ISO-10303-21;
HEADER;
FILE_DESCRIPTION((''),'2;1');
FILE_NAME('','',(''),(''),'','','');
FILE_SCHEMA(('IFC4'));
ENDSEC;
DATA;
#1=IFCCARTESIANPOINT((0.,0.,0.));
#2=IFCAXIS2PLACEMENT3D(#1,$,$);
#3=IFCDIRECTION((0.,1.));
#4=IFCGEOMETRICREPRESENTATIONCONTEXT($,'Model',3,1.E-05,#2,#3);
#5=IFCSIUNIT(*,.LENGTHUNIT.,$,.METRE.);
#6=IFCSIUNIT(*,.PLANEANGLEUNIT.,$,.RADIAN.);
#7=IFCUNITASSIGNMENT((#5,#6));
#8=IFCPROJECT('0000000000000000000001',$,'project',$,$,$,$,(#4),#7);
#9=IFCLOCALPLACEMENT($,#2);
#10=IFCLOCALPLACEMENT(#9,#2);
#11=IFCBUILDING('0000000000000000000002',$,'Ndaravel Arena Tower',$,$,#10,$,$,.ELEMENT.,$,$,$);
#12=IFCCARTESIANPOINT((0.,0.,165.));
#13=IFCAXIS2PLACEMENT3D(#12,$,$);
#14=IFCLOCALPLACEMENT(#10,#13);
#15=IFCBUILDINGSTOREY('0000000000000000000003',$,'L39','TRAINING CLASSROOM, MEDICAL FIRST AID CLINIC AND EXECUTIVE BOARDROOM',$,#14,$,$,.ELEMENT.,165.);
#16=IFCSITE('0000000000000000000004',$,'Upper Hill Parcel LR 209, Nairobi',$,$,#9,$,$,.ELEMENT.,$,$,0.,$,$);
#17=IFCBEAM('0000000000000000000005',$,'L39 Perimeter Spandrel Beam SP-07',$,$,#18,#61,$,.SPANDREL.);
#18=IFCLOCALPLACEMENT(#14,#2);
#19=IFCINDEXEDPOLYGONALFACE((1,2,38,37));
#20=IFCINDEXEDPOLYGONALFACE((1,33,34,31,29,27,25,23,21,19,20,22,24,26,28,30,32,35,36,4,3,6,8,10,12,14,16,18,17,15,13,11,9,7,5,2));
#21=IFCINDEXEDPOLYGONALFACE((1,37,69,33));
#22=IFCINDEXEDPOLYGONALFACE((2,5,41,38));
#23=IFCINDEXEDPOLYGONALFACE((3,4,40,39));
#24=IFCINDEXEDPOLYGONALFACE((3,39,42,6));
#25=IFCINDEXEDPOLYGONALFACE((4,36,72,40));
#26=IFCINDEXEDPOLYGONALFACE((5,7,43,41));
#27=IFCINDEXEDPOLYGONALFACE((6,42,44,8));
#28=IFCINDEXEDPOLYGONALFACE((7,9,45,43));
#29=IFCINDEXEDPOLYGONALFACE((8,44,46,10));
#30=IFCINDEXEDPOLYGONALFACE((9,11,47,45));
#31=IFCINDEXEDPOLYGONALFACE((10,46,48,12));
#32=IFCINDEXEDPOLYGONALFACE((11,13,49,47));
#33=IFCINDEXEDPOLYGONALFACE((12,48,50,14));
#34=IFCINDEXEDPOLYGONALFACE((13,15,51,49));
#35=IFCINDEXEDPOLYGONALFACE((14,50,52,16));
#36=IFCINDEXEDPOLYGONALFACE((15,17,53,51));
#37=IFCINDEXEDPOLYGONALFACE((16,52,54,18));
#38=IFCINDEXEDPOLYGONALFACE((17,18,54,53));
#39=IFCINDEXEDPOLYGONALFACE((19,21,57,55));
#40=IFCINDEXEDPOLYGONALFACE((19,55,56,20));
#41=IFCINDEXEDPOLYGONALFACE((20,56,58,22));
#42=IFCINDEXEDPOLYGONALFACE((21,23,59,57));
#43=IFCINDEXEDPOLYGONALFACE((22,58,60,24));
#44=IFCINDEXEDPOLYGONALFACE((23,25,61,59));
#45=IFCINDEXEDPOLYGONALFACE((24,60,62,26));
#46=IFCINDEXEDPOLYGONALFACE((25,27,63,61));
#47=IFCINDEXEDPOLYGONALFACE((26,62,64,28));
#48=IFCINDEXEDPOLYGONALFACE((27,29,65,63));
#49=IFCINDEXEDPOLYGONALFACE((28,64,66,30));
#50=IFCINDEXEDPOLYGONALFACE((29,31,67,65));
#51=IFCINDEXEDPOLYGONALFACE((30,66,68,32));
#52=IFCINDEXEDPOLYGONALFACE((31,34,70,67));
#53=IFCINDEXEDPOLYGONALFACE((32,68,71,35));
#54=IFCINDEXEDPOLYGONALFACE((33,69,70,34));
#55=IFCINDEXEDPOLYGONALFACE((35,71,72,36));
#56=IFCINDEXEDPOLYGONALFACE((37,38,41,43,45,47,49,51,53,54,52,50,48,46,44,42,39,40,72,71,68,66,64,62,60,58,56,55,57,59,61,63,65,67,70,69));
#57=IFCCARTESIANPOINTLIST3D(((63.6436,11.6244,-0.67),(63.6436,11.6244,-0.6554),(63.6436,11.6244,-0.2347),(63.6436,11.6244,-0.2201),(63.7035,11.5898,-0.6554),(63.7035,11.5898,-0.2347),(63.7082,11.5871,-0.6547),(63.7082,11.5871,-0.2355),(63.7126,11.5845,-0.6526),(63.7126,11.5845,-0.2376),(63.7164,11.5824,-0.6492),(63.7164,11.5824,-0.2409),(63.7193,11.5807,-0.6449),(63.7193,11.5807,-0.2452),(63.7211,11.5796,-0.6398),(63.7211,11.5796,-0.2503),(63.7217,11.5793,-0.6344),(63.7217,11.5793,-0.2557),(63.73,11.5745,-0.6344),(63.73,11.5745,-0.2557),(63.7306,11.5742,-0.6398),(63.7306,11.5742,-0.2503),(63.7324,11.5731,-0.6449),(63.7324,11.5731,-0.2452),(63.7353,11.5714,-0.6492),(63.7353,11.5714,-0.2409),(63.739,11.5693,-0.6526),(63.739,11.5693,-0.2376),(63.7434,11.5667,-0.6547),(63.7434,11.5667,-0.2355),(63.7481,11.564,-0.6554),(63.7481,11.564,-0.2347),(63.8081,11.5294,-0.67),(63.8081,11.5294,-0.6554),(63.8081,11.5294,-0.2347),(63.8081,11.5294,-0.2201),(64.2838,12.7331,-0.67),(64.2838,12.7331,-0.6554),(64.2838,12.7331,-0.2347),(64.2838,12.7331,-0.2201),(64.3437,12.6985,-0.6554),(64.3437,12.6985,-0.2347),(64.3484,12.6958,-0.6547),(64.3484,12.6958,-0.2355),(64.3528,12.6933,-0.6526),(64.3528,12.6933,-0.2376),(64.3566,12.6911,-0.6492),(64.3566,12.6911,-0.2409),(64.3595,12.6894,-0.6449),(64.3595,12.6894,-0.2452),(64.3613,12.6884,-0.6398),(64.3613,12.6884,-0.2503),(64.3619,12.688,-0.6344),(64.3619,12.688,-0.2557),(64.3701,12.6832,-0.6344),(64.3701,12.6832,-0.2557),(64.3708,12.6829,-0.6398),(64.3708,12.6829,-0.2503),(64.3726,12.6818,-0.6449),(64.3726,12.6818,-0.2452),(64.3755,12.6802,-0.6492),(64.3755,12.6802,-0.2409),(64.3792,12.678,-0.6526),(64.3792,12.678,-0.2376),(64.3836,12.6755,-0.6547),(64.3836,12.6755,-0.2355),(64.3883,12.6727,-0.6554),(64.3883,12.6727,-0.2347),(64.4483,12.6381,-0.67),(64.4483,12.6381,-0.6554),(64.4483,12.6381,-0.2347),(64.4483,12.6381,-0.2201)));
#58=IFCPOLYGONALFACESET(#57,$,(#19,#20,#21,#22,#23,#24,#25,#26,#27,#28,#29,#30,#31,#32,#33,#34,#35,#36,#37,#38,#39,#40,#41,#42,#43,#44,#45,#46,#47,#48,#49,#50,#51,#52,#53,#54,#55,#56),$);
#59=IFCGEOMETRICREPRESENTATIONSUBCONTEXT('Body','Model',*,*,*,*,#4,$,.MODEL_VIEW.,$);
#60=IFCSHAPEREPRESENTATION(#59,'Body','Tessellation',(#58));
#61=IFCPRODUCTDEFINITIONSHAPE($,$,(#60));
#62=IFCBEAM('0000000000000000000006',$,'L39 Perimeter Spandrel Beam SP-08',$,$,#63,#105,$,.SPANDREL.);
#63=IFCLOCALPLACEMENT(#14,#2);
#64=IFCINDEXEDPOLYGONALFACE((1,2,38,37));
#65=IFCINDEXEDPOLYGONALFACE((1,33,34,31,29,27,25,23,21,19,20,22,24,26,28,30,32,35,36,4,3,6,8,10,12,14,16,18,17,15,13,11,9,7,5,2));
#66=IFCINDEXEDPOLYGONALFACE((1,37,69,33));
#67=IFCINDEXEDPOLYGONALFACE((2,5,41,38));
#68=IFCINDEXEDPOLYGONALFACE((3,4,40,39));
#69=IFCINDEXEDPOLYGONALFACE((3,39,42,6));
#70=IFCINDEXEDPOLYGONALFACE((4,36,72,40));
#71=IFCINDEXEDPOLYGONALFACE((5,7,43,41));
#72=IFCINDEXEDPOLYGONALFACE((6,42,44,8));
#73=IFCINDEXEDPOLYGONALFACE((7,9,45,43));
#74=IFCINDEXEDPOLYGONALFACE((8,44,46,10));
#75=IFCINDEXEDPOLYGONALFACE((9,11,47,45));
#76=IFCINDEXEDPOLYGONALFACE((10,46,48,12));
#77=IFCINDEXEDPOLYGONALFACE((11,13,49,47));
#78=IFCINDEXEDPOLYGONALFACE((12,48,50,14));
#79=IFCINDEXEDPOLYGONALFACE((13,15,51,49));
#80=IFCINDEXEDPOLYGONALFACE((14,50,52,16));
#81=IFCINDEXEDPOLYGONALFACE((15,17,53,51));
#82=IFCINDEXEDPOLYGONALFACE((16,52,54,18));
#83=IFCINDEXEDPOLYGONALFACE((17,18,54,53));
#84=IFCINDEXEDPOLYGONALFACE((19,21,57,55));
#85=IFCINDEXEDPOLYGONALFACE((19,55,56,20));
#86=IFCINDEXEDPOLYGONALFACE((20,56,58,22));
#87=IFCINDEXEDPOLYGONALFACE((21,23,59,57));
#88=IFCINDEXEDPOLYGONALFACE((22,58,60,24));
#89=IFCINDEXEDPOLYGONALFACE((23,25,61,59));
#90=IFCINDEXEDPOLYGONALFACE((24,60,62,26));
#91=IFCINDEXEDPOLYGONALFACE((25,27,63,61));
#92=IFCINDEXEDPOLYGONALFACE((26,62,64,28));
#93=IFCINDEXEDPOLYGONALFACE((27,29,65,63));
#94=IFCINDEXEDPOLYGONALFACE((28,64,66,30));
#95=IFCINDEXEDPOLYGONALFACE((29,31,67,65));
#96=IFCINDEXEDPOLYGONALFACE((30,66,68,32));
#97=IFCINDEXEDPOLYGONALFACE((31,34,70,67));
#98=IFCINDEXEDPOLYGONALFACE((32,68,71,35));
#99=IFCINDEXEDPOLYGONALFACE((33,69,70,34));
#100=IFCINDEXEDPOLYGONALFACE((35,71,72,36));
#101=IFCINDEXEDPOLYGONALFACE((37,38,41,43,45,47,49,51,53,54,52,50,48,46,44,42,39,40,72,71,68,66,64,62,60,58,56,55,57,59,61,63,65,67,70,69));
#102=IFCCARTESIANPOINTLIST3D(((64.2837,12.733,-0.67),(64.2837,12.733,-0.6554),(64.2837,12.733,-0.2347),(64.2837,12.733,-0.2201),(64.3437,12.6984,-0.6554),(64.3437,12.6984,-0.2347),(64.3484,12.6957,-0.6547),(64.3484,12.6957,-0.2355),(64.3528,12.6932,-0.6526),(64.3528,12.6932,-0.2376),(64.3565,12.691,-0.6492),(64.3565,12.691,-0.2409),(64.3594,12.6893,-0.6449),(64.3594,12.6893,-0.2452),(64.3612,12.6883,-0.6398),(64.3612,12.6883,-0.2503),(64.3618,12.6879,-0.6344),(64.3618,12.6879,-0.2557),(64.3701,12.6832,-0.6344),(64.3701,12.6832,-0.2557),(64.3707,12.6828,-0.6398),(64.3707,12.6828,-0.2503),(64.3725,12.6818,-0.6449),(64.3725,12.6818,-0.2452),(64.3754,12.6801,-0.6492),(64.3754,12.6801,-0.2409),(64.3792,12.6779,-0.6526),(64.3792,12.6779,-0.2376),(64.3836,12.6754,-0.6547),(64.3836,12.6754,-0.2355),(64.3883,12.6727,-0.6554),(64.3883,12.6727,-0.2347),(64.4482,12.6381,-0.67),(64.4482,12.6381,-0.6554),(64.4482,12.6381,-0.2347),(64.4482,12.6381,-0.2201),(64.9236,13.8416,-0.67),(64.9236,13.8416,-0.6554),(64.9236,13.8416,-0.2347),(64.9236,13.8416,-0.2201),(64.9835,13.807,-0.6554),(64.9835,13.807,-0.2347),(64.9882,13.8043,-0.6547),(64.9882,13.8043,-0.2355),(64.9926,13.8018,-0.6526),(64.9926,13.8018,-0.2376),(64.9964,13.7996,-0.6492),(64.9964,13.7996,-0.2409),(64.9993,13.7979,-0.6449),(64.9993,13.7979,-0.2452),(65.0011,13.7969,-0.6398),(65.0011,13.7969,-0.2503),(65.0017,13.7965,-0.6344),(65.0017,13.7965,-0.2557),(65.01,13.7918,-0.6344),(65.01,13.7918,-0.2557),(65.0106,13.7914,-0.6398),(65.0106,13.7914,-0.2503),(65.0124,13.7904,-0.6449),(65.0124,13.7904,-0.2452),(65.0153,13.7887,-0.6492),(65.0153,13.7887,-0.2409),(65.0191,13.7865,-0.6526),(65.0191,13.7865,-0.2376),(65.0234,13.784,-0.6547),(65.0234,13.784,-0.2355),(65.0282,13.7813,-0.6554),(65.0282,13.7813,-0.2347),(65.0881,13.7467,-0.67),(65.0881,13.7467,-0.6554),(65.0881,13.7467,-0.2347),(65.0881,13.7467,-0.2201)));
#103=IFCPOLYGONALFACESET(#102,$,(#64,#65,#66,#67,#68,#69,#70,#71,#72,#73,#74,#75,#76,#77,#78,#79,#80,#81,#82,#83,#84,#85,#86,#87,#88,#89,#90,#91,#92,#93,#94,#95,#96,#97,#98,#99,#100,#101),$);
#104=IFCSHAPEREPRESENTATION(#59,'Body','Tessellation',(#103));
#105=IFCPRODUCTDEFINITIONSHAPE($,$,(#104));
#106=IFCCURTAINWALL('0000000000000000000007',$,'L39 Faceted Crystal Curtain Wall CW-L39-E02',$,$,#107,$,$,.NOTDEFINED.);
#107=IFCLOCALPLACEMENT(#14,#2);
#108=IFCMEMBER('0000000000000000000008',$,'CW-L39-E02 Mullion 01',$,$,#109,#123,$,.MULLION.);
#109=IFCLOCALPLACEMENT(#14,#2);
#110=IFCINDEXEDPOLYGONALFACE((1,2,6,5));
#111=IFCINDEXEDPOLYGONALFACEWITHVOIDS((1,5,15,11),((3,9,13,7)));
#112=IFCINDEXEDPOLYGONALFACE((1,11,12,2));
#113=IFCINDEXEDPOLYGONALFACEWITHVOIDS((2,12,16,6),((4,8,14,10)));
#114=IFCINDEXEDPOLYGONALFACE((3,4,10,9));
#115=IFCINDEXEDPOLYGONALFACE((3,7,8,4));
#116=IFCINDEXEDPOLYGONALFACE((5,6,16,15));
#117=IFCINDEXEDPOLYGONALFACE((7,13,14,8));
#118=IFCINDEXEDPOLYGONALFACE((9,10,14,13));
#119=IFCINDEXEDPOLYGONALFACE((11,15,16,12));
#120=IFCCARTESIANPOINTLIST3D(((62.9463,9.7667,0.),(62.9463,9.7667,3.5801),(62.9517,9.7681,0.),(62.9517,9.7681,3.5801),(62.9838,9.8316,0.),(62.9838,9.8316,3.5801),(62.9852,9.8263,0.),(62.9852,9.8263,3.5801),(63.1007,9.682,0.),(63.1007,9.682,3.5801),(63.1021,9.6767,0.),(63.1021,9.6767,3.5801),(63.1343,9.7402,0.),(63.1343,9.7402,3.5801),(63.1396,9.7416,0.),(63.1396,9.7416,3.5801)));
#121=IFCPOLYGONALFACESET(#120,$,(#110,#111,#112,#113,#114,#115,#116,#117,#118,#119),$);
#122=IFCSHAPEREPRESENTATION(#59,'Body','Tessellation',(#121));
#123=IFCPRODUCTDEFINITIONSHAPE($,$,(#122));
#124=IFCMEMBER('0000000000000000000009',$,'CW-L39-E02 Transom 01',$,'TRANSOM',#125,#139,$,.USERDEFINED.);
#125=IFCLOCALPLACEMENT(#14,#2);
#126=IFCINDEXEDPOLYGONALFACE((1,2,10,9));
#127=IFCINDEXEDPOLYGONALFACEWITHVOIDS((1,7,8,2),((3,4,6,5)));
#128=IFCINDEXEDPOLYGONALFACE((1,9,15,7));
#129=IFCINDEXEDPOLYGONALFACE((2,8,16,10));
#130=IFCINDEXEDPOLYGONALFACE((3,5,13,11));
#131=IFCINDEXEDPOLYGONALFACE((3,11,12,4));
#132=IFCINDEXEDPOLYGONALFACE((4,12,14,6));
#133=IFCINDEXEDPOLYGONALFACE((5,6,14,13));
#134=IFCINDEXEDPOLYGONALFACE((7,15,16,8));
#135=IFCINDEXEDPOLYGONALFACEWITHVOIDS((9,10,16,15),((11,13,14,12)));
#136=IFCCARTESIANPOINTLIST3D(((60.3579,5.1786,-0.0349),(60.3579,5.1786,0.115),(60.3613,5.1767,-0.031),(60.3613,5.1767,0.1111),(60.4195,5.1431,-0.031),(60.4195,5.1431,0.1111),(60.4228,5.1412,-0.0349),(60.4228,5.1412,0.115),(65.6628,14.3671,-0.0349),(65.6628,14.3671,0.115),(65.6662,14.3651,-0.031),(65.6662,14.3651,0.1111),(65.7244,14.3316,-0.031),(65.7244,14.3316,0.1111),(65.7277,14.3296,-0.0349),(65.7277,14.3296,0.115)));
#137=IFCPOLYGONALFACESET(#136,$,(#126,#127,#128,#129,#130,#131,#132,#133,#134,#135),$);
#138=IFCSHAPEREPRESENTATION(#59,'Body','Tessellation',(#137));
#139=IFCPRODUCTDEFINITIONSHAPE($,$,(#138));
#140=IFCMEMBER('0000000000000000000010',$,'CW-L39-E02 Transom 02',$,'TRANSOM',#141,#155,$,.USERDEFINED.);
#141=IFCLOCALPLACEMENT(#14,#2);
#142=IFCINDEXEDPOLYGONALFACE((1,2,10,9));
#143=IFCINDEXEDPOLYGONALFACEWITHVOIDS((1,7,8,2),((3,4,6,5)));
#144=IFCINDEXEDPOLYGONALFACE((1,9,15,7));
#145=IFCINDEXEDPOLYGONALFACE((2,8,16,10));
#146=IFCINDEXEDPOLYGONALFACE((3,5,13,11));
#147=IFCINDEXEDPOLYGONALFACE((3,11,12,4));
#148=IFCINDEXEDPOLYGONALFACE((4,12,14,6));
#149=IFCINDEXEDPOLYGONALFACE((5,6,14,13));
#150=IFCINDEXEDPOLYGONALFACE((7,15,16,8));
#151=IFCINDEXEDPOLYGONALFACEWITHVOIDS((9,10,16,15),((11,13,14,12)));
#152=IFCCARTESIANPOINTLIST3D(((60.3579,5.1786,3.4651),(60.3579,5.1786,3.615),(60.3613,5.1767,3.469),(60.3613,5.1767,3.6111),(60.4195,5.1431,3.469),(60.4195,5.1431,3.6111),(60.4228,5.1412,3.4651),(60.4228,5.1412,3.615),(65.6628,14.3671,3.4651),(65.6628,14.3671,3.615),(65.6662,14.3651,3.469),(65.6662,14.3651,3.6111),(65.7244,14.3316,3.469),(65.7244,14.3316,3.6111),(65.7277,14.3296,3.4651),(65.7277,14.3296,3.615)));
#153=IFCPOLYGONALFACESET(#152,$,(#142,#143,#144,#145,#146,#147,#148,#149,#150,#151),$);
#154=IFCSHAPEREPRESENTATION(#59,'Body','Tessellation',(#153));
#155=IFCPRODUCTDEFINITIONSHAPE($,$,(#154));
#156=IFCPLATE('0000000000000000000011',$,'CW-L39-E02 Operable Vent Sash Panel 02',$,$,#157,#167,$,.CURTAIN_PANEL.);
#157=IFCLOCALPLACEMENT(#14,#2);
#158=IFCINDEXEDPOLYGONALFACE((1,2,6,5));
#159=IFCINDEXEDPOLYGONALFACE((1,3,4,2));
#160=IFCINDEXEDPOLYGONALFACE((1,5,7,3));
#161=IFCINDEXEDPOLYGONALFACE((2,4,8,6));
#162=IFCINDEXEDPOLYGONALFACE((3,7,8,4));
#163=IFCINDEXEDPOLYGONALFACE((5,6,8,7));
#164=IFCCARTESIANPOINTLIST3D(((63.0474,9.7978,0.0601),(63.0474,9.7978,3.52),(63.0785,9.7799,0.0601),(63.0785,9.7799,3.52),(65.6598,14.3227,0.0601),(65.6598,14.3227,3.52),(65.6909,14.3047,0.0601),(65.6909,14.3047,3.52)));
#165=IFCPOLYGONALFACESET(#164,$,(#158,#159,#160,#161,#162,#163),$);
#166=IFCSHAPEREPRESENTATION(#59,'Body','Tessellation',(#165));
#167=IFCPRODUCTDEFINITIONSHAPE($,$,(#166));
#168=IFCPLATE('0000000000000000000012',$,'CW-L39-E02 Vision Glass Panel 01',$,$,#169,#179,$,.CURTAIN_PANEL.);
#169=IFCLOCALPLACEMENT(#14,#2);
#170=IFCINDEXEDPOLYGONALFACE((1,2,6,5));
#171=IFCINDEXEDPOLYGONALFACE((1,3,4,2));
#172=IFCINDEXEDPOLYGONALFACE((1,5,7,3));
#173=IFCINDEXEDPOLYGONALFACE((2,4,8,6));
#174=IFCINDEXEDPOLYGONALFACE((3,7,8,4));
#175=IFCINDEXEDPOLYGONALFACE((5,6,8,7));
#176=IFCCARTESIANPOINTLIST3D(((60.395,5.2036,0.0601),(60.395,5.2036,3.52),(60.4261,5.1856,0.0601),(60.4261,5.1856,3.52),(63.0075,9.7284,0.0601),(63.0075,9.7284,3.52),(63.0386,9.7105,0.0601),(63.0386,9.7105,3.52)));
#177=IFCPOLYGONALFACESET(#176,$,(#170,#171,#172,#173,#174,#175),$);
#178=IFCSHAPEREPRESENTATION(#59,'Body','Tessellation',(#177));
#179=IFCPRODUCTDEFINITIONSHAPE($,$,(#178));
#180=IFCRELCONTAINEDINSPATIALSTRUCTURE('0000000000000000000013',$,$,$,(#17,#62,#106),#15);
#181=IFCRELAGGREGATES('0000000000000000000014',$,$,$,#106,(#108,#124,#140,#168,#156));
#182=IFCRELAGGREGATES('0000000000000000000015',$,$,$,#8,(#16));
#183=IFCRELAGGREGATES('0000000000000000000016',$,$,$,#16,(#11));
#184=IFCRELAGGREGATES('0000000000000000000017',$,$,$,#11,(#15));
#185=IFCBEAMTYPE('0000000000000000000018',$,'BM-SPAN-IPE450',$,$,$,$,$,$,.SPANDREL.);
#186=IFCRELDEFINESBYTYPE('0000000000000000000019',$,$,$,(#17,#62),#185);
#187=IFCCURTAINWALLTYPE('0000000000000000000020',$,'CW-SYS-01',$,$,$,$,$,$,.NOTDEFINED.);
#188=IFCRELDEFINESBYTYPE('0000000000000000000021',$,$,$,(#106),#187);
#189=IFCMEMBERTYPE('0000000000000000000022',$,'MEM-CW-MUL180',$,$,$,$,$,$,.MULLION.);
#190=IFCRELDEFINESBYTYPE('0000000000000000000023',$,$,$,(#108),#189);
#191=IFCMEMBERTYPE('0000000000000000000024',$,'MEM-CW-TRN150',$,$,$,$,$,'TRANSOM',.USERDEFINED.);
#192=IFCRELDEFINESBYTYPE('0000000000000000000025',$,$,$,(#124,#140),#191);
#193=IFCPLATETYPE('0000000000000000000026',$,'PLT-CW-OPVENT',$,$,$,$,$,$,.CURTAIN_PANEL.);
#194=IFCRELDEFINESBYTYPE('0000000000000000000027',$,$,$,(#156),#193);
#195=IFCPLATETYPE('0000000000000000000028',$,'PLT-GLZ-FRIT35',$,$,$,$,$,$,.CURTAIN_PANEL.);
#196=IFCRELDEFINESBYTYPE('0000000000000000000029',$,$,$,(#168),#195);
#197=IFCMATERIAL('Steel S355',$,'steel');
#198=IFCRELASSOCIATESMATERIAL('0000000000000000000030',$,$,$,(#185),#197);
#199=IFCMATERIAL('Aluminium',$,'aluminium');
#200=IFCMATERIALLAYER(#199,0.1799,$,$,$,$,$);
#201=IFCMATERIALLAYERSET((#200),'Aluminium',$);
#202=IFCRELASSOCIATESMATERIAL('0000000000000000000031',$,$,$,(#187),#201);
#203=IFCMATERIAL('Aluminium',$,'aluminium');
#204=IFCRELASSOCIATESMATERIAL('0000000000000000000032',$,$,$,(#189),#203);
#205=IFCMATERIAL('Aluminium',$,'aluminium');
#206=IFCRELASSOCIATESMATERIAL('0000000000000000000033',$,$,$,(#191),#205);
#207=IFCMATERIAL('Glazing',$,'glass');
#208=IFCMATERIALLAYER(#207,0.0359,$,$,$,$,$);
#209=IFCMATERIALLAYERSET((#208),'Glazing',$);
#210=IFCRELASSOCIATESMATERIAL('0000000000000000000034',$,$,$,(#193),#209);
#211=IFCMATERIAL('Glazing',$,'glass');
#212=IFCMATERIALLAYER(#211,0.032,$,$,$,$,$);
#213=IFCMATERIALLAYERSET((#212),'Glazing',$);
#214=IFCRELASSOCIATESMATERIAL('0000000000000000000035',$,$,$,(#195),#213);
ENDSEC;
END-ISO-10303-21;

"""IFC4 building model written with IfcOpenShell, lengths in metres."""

from ifc_helpers import new_model, si_unit, direction, frame, origin, origin_2d, place, context, subcontext, project, spatial, rectangle, hollow_rectangle, i_section, extrude, material, layer, layer_set, material_profile, profile_set, type_object, element, aggregate, save


model = new_model("IFC4")

# Units and contexts
model_context = context("Model", 3, precision=1e-05, world=origin(), true_north=direction((0.0, 1.0)))
body_context = subcontext(model_context, "Body", "Model", "MODEL_VIEW")
ifc_project = project(units=[si_unit("LENGTHUNIT", "METRE"), si_unit("PLANEANGLEUNIT", "RADIAN")], contexts=[model_context])

# Site, building, storey
site_placement = place(None, origin())
site = spatial("IfcSite", under=ifc_project, at=site_placement, Name="Upper Hill Parcel LR 209, Nairobi", CompositionType="ELEMENT", RefElevation=0.0)
building_placement = place(site_placement, origin())
building = spatial("IfcBuilding", under=site, at=building_placement, Name="Ndaravel Arena Tower", CompositionType="ELEMENT")
storey_placement = place(building_placement, frame((0.0, 0.0, 165.0)))
storey = spatial("IfcBuildingStorey", under=building, at=storey_placement, Name="L39", Description="TRAINING CLASSROOM, MEDICAL FIRST AID CLINIC AND EXECUTIVE BOARDROOM", CompositionType="ELEMENT", Elevation=165.0)

# Beams
ifc_material_1 = material(Name="Steel S355", Category="steel")
ifc_material_profile_1 = material_profile(ifc_material_1, i_section(OverallWidth=0.1899, OverallDepth=0.45, WebThickness=0.0095, FlangeThickness=0.0146, FilletRadius=0.021, at=origin_2d()), Name="IPE 450")
ifc_profile_set_1 = profile_set([ifc_material_profile_1], Name="Steel S355")
beam_type = type_object("IfcBeamType", Name="BM-SPAN-IPE450", PredefinedType="SPANDREL", material=ifc_profile_set_1)
beam_1_placement = place(storey_placement, frame((63.7258, 11.5769, -0.4451), z_axis=(0.500036, 0.866005, 0.0), x_axis=(-0.866005, 0.500036, 0.0)))
element("IfcBeam", 1, at=beam_1_placement, inside=storey, type_object=beam_type, Name="L39 Perimeter Spandrel Beam SP-07", PredefinedType="SPANDREL", context=body_context, shape_type="SweptSolid", body=[
    extrude(i_section(OverallWidth=0.1899, OverallDepth=0.45, WebThickness=0.0095, FlangeThickness=0.0146, FilletRadius=0.021, at=origin_2d()), origin(), (0.0, 0.0, 1.0), 1.2803),
])
beam_2_placement = place(storey_placement, frame((64.366, 12.6855, -0.4451), z_axis=(0.499893, 0.866087, 0.0), x_axis=(-0.866087, 0.499893, 0.0)))
element("IfcBeam", 2, at=beam_2_placement, inside=storey, type_object=beam_type, Name="L39 Perimeter Spandrel Beam SP-08", PredefinedType="SPANDREL", context=body_context, shape_type="SweptSolid", body=[
    extrude(i_section(OverallWidth=0.1899, OverallDepth=0.45, WebThickness=0.0095, FlangeThickness=0.0146, FilletRadius=0.021, at=origin_2d()), origin(), (0.0, 0.0, 1.0), 1.28),
])

# Curtain wall, members, plates
ifc_material_2 = material(Name="Aluminium", Category="aluminium")
ifc_layer_1 = layer(ifc_material_2, 0.1799)
ifc_layer_set_1 = layer_set([ifc_layer_1], Name="Aluminium")
curtain_wall_type = type_object("IfcCurtainWallType", Name="CW-SYS-01", PredefinedType="NOTDEFINED", material=ifc_layer_set_1)
curtain_wall_placement = place(storey_placement, origin())
curtain_wall = element("IfcCurtainWall", 3, at=curtain_wall_placement, inside=storey, type_object=curtain_wall_type, Name="L39 Faceted Crystal Curtain Wall CW-L39-E02", PredefinedType="NOTDEFINED")
ifc_material_3 = material(Name="Aluminium", Category="aluminium")
ifc_material_profile_2 = material_profile(ifc_material_3, hollow_rectangle(XDim=0.075, YDim=0.1799, WallThickness=0.0039, at=origin_2d()), Name="CW MULLION 75x180x4")
ifc_profile_set_2 = profile_set([ifc_material_profile_2], Name="Aluminium")
member_type_1 = type_object("IfcMemberType", Name="MEM-CW-MUL180", PredefinedType="MULLION", material=ifc_profile_set_2)
member_1_placement = place(storey_placement, frame((63.043, 9.7542, 0.0), z_axis=(0.0, 0.0, 1.0), x_axis=(0.5, 0.866025, 0.0)))
member_1 = element("IfcMember", 4, at=member_1_placement, type_object=member_type_1, Name="CW-L39-E02 Mullion 01", PredefinedType="MULLION", context=body_context, shape_type="SweptSolid", body=[
    extrude(hollow_rectangle(XDim=0.075, YDim=0.1799, WallThickness=0.0039, at=origin_2d()), origin(), (0.0, 0.0, 1.0), 3.5801),
])
ifc_material_4 = material(Name="Aluminium", Category="aluminium")
ifc_material_profile_3 = material_profile(ifc_material_4, hollow_rectangle(XDim=0.075, YDim=0.1499, WallThickness=0.0039, at=origin_2d()), Name="CW TRANSOM 75x150x4")
ifc_profile_set_3 = profile_set([ifc_material_profile_3], Name="Aluminium")
member_type_2 = type_object("IfcMemberType", Name="MEM-CW-TRN150", ElementType="TRANSOM", PredefinedType="USERDEFINED", material=ifc_profile_set_3)
member_2_placement = place(storey_placement, frame((60.3904, 5.1599, 0.04), z_axis=(0.499997, 0.866027, 0.0), x_axis=(-0.866027, 0.499997, 0.0)))
member_2 = element("IfcMember", 5, at=member_2_placement, type_object=member_type_2, Name="CW-L39-E02 Transom 01", ObjectType="TRANSOM", PredefinedType="USERDEFINED", context=body_context, shape_type="SweptSolid", body=[
    extrude(hollow_rectangle(XDim=0.075, YDim=0.1499, WallThickness=0.0039, at=origin_2d()), origin(), (0.0, 0.0, 1.0), 10.6099),
])
member_3_placement = place(storey_placement, frame((60.3904, 5.1599, 3.54), z_axis=(0.499997, 0.866027, 0.0), x_axis=(-0.866027, 0.499997, 0.0)))
member_3 = element("IfcMember", 6, at=member_3_placement, type_object=member_type_2, Name="CW-L39-E02 Transom 02", ObjectType="TRANSOM", PredefinedType="USERDEFINED", context=body_context, shape_type="SweptSolid", body=[
    extrude(hollow_rectangle(XDim=0.075, YDim=0.1499, WallThickness=0.0039, at=origin_2d()), origin(), (0.0, 0.0, 1.0), 10.6099),
])
ifc_material_5 = material(Name="Glazing", Category="glass")
ifc_layer_2 = layer(ifc_material_5, 0.0359)
ifc_layer_set_2 = layer_set([ifc_layer_2], Name="Glazing")
plate_type_1 = type_object("IfcPlateType", Name="PLT-CW-OPVENT", PredefinedType="CURTAIN_PANEL", material=ifc_layer_set_2)
plate_1_placement = place(storey_placement, frame((64.3691, 12.0513, 0.0601), z_axis=(0.0, 0.0, 1.0), x_axis=(0.5, 0.866025, 0.0)))
plate_1 = element("IfcPlate", 7, at=plate_1_placement, type_object=plate_type_1, Name="CW-L39-E02 Operable Vent Sash Panel 02", PredefinedType="CURTAIN_PANEL", context=body_context, shape_type="SweptSolid", body=[
    extrude(rectangle(XDim=5.2249, YDim=0.0359, at=origin_2d()), origin(), (0.0, 0.0, 1.0), 3.46),
])
ifc_material_6 = material(Name="Glazing", Category="glass")
ifc_layer_3 = layer(ifc_material_6, 0.032)
ifc_layer_set_3 = layer_set([ifc_layer_3], Name="Glazing")
plate_type_2 = type_object("IfcPlateType", Name="PLT-GLZ-FRIT35", PredefinedType="CURTAIN_PANEL", material=ifc_layer_set_3)
plate_2_placement = place(storey_placement, frame((61.7168, 7.457, 0.0601), z_axis=(0.0, 0.0, 1.0), x_axis=(0.5, 0.866025, 0.0)))
plate_2 = element("IfcPlate", 8, at=plate_2_placement, type_object=plate_type_2, Name="CW-L39-E02 Vision Glass Panel 01", PredefinedType="CURTAIN_PANEL", context=body_context, shape_type="SweptSolid", body=[
    extrude(rectangle(XDim=5.2249, YDim=0.0359, at=origin_2d()), origin(), (0.0, 0.0, 1.0), 3.46),
])
aggregate(curtain_wall, [member_1, member_2, member_3, plate_2, plate_1])

save(model, "model.ifc")
